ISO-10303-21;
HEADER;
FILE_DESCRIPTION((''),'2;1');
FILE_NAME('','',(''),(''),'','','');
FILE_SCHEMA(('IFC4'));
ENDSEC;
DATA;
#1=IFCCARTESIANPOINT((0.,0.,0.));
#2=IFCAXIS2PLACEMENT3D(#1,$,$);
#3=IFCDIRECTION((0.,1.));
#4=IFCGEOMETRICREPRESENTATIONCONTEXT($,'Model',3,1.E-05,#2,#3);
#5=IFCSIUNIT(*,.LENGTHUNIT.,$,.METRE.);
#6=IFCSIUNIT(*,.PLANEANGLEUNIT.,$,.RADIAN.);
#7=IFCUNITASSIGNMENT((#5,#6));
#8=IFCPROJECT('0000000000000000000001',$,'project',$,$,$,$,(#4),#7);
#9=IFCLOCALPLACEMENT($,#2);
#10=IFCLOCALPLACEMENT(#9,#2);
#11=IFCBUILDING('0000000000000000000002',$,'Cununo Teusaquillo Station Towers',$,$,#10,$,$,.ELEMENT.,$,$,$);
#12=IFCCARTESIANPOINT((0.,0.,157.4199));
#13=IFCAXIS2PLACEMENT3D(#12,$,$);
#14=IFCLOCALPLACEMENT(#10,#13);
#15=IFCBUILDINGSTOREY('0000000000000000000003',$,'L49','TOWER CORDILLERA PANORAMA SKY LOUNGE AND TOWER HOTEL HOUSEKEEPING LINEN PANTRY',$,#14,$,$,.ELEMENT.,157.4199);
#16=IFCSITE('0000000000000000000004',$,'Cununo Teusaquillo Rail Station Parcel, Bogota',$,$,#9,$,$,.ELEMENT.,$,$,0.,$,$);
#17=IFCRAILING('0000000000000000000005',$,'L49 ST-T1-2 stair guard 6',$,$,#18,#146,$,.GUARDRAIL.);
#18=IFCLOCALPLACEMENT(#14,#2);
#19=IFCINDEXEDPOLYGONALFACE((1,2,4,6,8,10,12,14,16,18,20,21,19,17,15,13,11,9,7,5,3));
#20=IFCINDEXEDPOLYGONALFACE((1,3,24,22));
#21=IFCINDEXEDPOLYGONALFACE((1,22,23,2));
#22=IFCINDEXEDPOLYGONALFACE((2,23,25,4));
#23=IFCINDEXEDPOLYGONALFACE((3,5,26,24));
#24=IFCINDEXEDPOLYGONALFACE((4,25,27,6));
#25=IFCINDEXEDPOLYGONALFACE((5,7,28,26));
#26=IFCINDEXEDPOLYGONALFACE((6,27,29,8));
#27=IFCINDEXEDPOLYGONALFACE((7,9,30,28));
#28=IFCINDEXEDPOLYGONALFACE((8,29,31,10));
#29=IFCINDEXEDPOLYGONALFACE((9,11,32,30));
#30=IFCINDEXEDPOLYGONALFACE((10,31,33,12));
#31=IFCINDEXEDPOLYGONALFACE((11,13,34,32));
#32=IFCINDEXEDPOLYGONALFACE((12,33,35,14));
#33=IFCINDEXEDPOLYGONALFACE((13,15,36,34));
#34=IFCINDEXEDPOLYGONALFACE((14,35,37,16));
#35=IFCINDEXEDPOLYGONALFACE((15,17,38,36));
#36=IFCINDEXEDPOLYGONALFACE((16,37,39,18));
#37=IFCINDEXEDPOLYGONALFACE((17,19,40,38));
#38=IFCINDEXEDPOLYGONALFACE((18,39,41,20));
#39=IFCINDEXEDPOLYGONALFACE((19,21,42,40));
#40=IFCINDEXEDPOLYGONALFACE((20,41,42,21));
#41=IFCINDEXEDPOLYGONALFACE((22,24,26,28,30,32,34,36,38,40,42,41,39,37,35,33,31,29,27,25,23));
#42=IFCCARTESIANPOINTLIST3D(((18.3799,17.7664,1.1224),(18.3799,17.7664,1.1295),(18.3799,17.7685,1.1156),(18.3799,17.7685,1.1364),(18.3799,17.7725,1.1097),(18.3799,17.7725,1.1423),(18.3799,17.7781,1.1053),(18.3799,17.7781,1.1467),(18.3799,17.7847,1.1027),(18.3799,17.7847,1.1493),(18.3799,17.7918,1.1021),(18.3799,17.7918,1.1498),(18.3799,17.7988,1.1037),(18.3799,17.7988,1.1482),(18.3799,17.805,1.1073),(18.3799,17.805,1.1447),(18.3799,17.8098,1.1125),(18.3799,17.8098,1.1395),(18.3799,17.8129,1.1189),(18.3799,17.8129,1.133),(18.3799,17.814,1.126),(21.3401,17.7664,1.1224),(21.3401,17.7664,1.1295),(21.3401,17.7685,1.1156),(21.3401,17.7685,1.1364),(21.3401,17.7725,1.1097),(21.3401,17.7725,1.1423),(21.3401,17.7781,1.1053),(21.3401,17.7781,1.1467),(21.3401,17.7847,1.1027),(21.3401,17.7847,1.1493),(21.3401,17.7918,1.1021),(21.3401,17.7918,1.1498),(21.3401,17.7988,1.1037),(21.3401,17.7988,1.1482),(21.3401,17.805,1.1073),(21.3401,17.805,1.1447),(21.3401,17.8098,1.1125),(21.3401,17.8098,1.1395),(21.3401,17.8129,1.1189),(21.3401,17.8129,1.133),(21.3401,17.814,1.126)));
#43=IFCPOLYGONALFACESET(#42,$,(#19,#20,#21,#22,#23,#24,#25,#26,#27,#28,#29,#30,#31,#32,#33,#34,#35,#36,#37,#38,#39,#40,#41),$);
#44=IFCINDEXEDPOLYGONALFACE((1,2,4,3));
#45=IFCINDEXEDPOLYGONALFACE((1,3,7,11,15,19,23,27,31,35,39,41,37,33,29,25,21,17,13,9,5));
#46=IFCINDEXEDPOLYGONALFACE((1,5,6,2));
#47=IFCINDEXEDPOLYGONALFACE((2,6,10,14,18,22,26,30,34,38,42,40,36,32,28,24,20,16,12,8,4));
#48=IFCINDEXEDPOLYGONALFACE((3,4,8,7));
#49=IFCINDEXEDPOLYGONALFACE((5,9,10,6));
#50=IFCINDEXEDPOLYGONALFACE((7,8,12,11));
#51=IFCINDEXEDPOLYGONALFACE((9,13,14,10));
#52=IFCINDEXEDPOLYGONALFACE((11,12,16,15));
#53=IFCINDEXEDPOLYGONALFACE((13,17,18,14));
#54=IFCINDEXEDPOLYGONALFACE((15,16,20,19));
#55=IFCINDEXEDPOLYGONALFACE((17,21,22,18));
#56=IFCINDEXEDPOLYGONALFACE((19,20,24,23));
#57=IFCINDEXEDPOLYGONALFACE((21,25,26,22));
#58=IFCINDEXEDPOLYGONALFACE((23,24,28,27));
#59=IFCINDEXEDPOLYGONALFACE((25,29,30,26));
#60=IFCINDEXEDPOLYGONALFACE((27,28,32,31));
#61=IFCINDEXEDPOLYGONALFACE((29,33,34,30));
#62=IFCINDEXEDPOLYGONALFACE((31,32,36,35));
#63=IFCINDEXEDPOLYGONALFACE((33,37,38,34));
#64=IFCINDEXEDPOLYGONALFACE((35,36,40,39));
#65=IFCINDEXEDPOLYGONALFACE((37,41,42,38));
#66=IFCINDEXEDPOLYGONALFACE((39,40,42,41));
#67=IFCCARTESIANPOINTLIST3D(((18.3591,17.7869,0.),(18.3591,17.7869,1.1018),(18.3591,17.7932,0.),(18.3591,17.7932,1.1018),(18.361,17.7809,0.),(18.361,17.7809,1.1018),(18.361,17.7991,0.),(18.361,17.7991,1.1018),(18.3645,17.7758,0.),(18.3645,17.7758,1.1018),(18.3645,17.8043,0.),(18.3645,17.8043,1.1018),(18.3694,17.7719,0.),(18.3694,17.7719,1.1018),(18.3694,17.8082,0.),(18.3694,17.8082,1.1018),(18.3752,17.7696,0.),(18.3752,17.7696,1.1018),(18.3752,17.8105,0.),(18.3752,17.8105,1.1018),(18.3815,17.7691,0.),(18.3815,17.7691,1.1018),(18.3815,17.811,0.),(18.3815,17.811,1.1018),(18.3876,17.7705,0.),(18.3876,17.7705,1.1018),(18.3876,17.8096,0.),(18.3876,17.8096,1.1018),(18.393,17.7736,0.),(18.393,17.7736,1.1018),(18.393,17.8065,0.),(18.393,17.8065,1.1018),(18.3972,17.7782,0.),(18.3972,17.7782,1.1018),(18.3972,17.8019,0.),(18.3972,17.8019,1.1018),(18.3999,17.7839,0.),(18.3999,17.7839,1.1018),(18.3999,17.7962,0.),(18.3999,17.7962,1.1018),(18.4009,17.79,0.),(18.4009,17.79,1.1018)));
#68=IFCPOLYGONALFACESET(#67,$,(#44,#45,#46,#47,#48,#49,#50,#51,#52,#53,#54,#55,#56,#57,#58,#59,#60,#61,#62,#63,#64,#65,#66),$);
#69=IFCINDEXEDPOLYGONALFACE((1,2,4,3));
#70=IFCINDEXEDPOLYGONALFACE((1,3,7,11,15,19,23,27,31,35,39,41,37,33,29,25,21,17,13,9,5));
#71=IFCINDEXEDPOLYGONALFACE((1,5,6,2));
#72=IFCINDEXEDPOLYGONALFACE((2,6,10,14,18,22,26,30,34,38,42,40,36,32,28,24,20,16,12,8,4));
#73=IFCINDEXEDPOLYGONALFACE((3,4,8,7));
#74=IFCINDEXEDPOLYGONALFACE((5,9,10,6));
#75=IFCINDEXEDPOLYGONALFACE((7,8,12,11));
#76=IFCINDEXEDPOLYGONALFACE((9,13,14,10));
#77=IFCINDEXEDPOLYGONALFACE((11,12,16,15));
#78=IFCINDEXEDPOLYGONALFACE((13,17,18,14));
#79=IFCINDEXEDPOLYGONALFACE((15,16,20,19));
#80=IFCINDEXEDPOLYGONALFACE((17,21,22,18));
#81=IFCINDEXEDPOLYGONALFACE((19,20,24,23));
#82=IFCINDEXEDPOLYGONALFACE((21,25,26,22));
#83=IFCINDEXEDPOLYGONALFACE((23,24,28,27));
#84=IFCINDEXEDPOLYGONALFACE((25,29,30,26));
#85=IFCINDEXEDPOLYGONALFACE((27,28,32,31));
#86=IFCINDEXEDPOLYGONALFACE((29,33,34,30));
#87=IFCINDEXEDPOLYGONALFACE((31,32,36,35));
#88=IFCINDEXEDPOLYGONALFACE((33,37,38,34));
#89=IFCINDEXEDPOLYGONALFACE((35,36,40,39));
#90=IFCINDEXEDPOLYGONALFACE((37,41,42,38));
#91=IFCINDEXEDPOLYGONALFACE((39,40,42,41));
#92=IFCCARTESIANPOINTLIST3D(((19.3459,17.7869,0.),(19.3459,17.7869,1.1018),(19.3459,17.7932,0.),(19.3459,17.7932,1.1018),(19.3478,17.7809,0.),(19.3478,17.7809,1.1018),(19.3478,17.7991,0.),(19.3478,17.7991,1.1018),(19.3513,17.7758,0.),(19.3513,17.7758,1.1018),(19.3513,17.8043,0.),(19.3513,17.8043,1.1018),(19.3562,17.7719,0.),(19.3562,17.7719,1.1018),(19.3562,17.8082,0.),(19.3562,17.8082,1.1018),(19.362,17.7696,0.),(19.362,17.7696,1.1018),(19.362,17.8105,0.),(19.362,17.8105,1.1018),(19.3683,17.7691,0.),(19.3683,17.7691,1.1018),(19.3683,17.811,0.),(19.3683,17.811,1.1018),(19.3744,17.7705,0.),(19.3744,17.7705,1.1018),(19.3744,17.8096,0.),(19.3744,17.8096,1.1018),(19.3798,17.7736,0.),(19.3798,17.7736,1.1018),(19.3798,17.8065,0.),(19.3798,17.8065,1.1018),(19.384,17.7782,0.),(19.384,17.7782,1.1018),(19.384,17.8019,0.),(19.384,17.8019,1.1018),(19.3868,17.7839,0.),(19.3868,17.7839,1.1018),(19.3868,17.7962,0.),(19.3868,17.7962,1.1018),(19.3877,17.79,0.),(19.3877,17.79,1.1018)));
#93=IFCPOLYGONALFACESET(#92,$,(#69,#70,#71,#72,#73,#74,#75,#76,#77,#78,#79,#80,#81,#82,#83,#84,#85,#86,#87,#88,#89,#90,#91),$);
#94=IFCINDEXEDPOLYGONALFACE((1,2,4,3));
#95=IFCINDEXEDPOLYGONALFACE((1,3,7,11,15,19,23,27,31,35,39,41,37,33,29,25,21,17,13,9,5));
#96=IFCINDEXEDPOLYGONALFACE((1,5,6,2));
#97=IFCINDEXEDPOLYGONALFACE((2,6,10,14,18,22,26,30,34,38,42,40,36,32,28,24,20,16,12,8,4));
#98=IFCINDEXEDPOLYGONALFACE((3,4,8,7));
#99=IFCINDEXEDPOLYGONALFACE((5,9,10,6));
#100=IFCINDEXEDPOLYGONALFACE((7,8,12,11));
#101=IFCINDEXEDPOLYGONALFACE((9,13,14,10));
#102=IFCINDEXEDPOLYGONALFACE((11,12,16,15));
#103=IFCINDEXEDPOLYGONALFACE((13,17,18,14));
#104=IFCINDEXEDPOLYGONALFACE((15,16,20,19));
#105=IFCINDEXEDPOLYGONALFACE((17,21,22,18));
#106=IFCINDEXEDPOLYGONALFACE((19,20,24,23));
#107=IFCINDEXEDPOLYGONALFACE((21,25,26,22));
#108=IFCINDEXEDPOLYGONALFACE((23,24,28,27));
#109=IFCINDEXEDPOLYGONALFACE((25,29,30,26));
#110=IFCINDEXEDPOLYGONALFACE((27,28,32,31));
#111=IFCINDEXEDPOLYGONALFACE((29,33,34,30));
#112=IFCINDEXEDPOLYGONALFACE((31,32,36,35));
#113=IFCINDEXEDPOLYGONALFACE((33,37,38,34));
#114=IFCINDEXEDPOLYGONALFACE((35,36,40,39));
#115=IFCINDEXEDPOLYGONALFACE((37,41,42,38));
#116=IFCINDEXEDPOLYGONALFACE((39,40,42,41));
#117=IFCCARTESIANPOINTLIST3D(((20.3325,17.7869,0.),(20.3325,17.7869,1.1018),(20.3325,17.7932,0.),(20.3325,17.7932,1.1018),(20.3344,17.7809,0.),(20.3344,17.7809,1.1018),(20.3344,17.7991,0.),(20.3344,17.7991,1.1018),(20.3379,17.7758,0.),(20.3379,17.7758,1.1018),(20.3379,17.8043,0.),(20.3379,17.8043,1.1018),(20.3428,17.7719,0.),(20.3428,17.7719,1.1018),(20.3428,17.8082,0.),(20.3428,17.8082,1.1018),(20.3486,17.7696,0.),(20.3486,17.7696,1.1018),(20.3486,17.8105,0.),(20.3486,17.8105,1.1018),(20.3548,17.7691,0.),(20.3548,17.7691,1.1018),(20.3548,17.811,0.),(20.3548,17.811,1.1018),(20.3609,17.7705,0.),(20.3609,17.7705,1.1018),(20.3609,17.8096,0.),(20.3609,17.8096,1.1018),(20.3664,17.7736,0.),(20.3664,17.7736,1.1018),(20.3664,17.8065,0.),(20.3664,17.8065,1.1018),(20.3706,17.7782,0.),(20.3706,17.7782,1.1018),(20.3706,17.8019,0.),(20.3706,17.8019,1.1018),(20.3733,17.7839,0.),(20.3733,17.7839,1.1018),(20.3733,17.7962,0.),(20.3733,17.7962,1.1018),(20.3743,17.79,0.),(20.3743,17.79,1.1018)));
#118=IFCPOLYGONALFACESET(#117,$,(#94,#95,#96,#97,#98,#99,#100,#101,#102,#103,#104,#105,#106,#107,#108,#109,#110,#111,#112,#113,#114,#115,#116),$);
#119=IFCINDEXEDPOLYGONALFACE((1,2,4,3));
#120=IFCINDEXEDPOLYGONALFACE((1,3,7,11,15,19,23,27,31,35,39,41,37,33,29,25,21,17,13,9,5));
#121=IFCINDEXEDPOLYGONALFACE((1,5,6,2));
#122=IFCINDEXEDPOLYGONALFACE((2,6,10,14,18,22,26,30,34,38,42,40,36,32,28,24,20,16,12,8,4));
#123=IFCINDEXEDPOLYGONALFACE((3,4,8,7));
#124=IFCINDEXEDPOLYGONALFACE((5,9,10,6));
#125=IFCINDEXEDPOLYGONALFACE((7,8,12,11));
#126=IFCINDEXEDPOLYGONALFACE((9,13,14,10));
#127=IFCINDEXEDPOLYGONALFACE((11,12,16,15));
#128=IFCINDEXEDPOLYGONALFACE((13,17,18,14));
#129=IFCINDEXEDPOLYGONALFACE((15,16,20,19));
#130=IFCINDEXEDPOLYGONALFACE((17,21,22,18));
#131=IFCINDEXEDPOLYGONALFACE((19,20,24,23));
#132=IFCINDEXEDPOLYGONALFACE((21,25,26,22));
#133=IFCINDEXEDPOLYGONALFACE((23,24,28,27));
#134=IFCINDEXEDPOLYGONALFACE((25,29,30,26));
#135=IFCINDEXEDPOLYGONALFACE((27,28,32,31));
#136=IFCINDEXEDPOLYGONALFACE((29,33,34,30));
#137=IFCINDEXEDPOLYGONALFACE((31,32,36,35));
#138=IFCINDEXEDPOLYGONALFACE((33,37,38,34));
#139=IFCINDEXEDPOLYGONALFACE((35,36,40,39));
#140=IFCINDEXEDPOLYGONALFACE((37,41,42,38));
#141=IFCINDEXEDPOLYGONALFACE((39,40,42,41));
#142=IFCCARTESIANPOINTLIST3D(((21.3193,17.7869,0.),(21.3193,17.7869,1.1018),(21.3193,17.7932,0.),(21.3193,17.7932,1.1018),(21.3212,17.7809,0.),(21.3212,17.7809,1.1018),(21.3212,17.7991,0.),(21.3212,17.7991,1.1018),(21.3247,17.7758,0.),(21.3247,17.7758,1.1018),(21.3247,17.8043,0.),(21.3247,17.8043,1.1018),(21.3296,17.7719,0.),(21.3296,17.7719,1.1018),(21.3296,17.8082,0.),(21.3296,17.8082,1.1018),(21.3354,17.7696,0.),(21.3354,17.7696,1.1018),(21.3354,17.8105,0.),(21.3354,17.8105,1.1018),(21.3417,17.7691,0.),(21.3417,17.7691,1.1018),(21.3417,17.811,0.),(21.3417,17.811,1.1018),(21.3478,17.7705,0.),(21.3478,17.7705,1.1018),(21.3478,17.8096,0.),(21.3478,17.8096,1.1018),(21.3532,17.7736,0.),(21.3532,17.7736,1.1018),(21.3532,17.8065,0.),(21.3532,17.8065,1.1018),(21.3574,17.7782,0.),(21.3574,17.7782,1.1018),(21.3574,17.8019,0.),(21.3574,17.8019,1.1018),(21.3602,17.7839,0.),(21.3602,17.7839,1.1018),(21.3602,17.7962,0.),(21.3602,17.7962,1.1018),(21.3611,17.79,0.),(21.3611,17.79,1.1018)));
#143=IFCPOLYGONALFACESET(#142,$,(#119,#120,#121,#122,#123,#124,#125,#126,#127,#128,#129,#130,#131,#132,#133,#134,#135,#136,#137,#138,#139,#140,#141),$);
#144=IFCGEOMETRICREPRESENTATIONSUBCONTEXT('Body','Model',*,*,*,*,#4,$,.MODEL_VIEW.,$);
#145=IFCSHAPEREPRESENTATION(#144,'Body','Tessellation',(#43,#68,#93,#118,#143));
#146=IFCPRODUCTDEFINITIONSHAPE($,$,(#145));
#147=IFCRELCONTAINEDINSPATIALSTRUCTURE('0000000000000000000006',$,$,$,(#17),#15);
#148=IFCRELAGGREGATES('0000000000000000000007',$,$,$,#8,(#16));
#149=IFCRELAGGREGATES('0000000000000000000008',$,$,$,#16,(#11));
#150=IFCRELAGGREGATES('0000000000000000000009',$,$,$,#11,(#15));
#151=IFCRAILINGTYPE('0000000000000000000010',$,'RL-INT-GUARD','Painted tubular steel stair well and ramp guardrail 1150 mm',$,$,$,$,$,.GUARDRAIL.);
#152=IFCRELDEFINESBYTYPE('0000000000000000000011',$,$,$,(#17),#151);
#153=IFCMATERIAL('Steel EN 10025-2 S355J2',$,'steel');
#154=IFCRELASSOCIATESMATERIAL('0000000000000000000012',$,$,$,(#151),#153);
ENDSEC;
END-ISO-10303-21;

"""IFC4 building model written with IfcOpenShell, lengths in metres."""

from ifc_helpers import new_model, si_unit, direction, frame, origin, origin_2d, place, context, subcontext, project, spatial, circle, extrude, material, type_object, element, save


model = new_model("IFC4")

# Units and contexts
model_context = context("Model", 3, precision=1e-05, world=origin(), true_north=direction((0.0, 1.0)))
body_context = subcontext(model_context, "Body", "Model", "MODEL_VIEW")
ifc_project = project(units=[si_unit("LENGTHUNIT", "METRE"), si_unit("PLANEANGLEUNIT", "RADIAN")], contexts=[model_context])

# Site, building, storey
site_placement = place(None, origin())
site = spatial("IfcSite", under=ifc_project, at=site_placement, Name="Cununo Teusaquillo Rail Station Parcel, Bogota", CompositionType="ELEMENT", RefElevation=0.0)
building_placement = place(site_placement, origin())
building = spatial("IfcBuilding", under=site, at=building_placement, Name="Cununo Teusaquillo Station Towers", CompositionType="ELEMENT")
storey_placement = place(building_placement, frame((0.0, 0.0, 157.4199)))
storey = spatial("IfcBuildingStorey", under=building, at=storey_placement, Name="L49", Description="TOWER CORDILLERA PANORAMA SKY LOUNGE AND TOWER HOTEL HOUSEKEEPING LINEN PANTRY", CompositionType="ELEMENT", Elevation=157.4199)

# Railing
ifc_material_1 = material(Name="Steel EN 10025-2 S355J2", Category="steel")
railing_type_1 = type_object("IfcRailingType", Name="RL-INT-GUARD", Description="Painted tubular steel stair well and ramp guardrail 1150 mm", PredefinedType="GUARDRAIL", material=ifc_material_1)
railing_1_placement = place(storey_placement, frame((18.3799, 17.79, 0.0)))
element("IfcRailing", 1, at=railing_1_placement, inside=storey, type_object=railing_type_1, Name="L49 ST-T1-2 stair guard 6", PredefinedType="GUARDRAIL", context=body_context, shape_type="SweptSolid", body=[
    extrude(circle(Radius=0.0239, at=origin_2d()), frame((0.0, 0.0, 1.126), z_axis=(1.0, 0.0, 0.0), x_axis=(0.0, 1.0, 0.0)), (0.0, 0.0, 1.0), 2.9602),
    extrude(circle(Radius=0.021, at=origin_2d()), origin(), (0.0, 0.0, 1.0), 1.1018),
    extrude(circle(Radius=0.021, at=origin_2d()), frame((0.9868, 0.0, 0.0)), (0.0, 0.0, 1.0), 1.1018),
    extrude(circle(Radius=0.021, at=origin_2d()), frame((1.9734, 0.0, 0.0)), (0.0, 0.0, 1.0), 1.1018),
    extrude(circle(Radius=0.021, at=origin_2d()), frame((2.9602, 0.0, 0.0)), (0.0, 0.0, 1.0), 1.1018),
])

save(model, "model.ifc")
